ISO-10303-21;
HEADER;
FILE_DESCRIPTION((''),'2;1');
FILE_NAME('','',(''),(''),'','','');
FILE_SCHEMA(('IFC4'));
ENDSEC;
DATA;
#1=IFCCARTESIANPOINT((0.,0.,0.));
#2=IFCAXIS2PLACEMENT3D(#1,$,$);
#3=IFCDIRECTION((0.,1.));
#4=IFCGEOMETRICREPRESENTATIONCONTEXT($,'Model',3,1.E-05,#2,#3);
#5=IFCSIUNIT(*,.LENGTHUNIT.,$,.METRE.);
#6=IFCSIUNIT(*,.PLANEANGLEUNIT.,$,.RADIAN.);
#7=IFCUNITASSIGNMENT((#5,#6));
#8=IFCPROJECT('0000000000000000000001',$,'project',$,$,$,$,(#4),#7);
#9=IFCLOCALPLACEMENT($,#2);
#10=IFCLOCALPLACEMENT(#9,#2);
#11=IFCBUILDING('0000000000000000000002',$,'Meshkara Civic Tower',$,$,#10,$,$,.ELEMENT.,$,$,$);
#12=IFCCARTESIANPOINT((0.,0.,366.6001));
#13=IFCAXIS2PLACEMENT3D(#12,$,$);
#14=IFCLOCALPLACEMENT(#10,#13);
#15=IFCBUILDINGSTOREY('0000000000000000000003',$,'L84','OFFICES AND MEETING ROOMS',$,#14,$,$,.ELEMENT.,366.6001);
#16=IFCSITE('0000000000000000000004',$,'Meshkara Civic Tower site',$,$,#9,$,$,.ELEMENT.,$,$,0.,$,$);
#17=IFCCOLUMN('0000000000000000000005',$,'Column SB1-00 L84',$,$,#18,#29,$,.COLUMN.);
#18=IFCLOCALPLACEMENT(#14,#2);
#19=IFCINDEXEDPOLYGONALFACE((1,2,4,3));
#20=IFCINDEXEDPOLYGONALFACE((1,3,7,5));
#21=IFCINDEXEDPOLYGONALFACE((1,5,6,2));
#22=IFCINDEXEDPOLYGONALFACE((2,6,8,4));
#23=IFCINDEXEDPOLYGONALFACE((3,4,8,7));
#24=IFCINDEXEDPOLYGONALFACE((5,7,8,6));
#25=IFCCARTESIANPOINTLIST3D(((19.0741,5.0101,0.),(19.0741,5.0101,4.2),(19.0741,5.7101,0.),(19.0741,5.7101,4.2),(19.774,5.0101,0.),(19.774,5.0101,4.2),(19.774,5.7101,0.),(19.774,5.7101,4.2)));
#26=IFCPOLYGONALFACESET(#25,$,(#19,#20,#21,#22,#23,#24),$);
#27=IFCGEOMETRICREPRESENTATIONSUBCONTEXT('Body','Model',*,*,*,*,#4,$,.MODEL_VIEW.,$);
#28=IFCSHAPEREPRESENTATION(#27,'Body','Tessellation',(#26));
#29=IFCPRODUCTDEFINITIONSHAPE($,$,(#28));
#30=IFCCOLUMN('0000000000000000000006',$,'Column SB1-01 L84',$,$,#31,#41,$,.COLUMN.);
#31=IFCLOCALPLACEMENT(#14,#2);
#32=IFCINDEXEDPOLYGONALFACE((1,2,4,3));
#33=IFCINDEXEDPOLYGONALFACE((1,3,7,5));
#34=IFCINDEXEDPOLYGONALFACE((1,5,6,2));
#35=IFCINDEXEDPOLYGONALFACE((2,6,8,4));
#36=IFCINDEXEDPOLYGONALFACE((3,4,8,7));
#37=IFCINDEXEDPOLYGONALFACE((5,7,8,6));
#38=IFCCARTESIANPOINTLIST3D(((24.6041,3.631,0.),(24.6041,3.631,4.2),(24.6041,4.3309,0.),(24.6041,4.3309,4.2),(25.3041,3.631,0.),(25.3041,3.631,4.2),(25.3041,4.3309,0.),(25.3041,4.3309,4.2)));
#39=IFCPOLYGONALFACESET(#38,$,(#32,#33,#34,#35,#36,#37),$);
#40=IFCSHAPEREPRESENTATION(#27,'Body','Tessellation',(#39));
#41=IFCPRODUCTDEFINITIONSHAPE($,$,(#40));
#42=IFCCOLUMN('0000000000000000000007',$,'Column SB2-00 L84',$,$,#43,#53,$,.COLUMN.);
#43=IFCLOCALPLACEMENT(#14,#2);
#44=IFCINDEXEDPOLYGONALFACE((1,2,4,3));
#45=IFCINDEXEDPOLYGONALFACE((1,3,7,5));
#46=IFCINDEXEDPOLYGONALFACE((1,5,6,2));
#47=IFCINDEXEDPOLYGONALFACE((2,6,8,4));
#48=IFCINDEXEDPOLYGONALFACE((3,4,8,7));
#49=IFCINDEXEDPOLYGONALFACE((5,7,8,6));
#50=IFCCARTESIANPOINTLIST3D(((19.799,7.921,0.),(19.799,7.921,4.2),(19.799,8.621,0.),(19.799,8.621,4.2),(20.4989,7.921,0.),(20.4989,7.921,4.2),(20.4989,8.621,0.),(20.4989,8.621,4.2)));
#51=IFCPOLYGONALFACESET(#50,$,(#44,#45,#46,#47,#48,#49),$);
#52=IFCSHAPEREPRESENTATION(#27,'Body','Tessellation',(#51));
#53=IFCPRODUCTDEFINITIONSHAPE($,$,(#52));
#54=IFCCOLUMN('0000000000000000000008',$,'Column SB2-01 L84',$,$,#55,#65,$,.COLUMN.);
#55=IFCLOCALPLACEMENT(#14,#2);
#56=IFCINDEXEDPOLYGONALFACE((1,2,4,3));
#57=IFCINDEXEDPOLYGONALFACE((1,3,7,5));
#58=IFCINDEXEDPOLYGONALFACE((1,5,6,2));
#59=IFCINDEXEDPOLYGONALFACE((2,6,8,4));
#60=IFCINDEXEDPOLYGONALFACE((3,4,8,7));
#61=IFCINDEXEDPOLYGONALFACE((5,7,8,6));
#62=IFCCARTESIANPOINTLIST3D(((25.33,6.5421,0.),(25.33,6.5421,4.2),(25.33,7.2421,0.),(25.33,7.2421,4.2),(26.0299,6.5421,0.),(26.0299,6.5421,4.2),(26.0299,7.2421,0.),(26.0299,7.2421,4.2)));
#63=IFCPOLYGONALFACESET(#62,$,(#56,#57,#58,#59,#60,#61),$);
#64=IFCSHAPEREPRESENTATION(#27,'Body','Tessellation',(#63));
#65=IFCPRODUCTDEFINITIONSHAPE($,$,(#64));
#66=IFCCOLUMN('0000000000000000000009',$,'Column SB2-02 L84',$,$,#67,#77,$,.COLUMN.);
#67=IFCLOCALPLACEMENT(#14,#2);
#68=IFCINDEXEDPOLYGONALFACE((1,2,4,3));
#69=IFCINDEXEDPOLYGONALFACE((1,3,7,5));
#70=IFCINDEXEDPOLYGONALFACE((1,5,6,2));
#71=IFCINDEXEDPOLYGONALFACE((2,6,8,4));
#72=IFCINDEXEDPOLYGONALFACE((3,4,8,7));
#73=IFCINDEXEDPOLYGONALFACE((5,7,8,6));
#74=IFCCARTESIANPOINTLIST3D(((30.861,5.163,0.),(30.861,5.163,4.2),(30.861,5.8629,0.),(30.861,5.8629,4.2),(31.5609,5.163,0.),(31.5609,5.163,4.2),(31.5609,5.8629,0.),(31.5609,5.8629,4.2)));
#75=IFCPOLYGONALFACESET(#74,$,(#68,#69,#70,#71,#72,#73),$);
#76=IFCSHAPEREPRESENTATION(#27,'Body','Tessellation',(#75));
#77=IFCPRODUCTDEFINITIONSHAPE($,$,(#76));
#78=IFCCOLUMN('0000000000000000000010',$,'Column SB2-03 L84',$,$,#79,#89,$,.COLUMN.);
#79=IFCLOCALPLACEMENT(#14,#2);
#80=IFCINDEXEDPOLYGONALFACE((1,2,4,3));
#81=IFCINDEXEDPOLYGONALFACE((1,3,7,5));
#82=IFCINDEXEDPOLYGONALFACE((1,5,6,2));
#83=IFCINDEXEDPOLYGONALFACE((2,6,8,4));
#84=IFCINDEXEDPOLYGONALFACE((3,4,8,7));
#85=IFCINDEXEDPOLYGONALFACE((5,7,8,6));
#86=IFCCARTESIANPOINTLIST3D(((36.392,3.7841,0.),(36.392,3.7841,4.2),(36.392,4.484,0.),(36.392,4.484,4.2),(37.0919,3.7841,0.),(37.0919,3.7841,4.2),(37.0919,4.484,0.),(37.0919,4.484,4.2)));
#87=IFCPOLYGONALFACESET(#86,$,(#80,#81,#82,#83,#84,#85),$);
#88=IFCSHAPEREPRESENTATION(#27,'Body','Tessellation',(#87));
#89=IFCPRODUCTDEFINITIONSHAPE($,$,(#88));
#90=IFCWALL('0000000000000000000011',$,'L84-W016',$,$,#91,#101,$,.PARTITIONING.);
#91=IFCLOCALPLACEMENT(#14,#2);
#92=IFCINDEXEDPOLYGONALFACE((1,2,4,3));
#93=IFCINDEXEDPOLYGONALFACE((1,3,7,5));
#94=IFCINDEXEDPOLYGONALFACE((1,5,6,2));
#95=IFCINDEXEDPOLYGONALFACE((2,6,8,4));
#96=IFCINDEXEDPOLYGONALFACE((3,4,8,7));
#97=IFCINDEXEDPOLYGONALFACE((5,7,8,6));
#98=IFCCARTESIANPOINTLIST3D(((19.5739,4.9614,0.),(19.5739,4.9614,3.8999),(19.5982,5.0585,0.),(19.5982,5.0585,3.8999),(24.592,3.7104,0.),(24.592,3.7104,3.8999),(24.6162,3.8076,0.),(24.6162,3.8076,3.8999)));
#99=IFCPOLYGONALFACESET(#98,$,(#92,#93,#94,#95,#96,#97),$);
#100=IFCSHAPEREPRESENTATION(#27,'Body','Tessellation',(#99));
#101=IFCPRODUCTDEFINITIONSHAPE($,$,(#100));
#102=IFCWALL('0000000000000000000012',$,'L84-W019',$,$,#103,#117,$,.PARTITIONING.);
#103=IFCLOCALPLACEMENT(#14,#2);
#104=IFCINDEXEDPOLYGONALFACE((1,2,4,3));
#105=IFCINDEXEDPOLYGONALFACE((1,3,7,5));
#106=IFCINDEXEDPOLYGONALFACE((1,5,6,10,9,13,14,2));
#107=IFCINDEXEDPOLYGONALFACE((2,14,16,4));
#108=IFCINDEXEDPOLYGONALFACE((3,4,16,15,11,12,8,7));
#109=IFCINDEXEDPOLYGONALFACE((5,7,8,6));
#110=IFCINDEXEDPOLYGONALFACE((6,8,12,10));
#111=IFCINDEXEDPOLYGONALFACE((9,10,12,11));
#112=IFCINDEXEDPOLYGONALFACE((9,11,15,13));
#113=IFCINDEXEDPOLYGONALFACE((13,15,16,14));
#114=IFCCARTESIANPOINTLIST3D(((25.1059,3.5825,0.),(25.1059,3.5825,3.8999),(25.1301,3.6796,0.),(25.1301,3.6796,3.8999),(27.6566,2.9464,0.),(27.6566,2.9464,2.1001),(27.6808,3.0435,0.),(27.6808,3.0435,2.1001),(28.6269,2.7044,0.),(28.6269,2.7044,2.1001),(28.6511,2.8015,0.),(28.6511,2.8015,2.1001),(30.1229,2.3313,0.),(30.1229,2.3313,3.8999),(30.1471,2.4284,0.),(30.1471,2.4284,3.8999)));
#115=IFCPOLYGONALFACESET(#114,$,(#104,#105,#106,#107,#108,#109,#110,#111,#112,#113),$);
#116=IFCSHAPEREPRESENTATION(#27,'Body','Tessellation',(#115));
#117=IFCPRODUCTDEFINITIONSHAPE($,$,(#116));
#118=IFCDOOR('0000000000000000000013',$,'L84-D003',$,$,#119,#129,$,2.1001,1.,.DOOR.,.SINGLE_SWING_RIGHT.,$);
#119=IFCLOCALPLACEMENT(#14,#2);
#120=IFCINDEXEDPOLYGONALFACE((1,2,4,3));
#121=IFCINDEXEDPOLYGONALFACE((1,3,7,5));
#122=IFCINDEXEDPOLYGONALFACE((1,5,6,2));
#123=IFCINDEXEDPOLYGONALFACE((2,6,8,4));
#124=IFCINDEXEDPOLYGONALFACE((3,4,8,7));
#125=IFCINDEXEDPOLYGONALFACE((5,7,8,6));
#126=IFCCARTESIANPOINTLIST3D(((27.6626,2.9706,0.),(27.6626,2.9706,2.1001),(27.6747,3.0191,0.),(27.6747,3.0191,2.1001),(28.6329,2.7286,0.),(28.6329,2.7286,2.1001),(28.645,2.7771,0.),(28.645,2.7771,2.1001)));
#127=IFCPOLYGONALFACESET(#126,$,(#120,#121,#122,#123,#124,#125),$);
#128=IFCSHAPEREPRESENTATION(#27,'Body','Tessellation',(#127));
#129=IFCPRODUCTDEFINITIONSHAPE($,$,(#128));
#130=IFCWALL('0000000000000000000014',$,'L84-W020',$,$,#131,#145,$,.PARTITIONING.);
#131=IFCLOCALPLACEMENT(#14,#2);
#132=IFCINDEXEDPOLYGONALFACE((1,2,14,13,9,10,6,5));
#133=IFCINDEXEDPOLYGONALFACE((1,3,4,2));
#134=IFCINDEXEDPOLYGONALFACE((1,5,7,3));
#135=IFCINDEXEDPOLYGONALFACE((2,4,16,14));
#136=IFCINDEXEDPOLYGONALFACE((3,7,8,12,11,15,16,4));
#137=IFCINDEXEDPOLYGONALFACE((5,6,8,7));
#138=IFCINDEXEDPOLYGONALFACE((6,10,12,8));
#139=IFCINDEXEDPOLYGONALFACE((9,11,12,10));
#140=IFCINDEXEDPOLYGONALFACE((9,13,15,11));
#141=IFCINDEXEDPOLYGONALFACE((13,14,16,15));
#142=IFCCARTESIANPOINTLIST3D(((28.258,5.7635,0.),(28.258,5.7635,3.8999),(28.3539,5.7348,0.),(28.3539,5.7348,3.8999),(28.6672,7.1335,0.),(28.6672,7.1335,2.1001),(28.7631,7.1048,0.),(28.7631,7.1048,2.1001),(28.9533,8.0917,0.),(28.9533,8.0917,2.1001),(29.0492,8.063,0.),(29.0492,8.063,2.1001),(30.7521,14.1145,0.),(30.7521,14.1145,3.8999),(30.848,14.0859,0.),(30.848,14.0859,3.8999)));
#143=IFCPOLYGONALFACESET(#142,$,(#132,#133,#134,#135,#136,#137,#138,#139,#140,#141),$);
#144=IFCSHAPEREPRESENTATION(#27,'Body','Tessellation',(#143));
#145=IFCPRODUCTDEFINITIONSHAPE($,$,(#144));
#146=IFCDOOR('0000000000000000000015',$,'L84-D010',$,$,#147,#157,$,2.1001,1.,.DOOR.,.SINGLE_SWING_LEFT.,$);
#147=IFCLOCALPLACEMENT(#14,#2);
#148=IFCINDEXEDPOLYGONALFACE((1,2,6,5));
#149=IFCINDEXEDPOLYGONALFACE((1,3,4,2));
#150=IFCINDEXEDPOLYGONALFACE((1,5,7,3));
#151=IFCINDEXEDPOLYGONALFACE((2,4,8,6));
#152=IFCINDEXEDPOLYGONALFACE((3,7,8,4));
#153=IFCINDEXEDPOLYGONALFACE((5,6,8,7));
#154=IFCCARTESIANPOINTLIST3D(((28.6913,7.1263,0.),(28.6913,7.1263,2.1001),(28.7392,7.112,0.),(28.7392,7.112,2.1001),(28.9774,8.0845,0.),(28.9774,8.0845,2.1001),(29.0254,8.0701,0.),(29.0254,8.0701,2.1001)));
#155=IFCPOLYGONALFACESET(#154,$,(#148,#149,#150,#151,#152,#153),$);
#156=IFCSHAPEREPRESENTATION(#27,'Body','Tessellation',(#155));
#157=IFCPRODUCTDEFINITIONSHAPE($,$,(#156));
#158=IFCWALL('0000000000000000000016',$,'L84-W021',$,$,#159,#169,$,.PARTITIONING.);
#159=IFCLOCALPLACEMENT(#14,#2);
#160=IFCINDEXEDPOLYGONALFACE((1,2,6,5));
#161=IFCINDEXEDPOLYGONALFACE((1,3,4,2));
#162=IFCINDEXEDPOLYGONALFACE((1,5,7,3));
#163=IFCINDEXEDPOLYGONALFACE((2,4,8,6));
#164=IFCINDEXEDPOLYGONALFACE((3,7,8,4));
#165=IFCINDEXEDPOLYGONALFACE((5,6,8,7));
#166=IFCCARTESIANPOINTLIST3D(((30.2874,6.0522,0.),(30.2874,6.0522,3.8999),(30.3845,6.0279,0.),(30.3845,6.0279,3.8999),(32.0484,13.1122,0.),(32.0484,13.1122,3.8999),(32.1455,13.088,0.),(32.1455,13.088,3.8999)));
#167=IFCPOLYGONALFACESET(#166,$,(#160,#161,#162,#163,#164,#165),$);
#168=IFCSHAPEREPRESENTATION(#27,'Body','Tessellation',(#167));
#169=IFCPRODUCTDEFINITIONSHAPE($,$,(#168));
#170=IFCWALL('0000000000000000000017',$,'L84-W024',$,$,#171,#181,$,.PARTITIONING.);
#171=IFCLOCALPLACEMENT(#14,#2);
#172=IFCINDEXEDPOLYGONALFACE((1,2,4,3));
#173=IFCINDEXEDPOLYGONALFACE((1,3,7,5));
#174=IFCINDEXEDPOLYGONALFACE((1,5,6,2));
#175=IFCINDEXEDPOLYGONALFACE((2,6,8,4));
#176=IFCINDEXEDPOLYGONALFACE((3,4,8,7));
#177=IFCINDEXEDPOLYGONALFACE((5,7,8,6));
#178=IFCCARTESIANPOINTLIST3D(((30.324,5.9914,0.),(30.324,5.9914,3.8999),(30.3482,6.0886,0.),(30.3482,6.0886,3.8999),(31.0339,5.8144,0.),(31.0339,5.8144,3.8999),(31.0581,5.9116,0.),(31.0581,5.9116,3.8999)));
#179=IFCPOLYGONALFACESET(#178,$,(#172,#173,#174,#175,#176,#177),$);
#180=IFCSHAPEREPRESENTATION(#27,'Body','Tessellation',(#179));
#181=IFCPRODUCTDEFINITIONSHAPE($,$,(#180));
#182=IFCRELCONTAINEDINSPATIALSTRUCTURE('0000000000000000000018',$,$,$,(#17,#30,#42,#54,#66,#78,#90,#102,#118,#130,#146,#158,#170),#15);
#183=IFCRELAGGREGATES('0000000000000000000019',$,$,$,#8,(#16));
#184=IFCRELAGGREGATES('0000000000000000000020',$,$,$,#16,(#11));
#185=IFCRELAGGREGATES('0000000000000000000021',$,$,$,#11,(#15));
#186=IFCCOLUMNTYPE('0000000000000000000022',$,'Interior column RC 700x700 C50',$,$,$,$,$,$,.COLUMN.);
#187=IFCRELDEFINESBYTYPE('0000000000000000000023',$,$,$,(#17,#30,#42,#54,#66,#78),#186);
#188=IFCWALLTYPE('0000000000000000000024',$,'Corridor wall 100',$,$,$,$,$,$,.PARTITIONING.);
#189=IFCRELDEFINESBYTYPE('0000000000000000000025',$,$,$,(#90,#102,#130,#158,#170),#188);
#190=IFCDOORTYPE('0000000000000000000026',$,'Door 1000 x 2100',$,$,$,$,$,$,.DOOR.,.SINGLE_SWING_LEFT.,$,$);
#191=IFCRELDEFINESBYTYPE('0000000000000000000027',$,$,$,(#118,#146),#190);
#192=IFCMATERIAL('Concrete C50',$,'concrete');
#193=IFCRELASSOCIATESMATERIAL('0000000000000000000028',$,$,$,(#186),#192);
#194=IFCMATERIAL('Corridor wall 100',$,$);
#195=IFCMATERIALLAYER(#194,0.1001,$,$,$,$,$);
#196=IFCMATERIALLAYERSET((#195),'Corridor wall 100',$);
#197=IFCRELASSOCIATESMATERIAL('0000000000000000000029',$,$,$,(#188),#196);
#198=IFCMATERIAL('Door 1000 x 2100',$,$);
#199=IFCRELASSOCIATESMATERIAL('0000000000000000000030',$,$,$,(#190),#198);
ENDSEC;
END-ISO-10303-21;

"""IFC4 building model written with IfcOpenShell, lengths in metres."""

from ifc_helpers import new_model, si_unit, direction, frame, frame_2d, origin, origin_2d, place, context, subcontext, project, spatial, rectangle, extrude, material, layer, layer_set, material_profile, profile_set, type_object, element, fill, save


model = new_model("IFC4")

# Units and contexts
model_context = context("Model", 3, precision=1e-05, world=origin(), true_north=direction((0.0, 1.0)))
body_context = subcontext(model_context, "Body", "Model", "MODEL_VIEW")
ifc_project = project(units=[si_unit("LENGTHUNIT", "METRE"), si_unit("PLANEANGLEUNIT", "RADIAN")], contexts=[model_context])

# Site, building, storey
site_placement = place(None, origin())
site = spatial("IfcSite", under=ifc_project, at=site_placement, Name="Meshkara Civic Tower site", CompositionType="ELEMENT", RefElevation=0.0)
building_placement = place(site_placement, origin())
building = spatial("IfcBuilding", under=site, at=building_placement, Name="Meshkara Civic Tower", CompositionType="ELEMENT")
storey_placement = place(building_placement, frame((0.0, 0.0, 366.6001)))
storey = spatial("IfcBuildingStorey", under=building, at=storey_placement, Name="L84", Description="OFFICES AND MEETING ROOMS", CompositionType="ELEMENT", Elevation=366.6001)

# Columns
ifc_material_1 = material(Name="Concrete C50", Category="concrete")
ifc_material_profile = material_profile(ifc_material_1, rectangle(XDim=0.7, YDim=0.7, at=origin_2d()))
ifc_profile_set = profile_set([ifc_material_profile], Name="Concrete C50")
column_type = type_object("IfcColumnType", Name="Interior column RC 700x700 C50", PredefinedType="COLUMN", material=ifc_profile_set)
for number, where, z_axis, x_axis, name in (
    (1, (19.4241, 5.3601, 0.0), (0.0, 0.0, 1.0), (1.0, 0.0, 0.0), "Column SB1-00 L84"),
    (2, (24.9541, 3.981, 0.0), (0.0, 0.0, 1.0), (1.0, 0.0, 0.0), "Column SB1-01 L84"),
    (3, (20.1489, 8.271, 0.0), (0.0, 0.0, 1.0), (1.0, 0.0, 0.0), "Column SB2-00 L84"),
    (4, (25.6799, 6.8921, 0.0), (0.0, 0.0, 1.0), (1.0, 0.0, 0.0), "Column SB2-01 L84"),
    (5, (31.2109, 5.5129, 0.0), (0.0, 0.0, 1.0), (1.0, 0.0, 0.0), "Column SB2-02 L84"),
    (6, (36.7419, 4.134, 0.0), (0.0, 0.0, 1.0), (1.0, 0.0, 0.0), "Column SB2-03 L84"),
):
    element("IfcColumn", number, at=place(storey_placement, frame(where, z_axis=z_axis, x_axis=x_axis)), inside=storey, type_object=column_type, Name=name, PredefinedType="COLUMN", context=body_context, shape_type="SweptSolid", body=[
        extrude(rectangle(XDim=0.7, YDim=0.7, at=origin_2d()), origin(), (0.0, 0.0, 1.0), 4.2),
    ])

# Wall
ifc_material_2 = material(Name="Corridor wall 100")
ifc_layer_1 = layer(ifc_material_2, 0.1001)
ifc_layer_set_1 = layer_set([ifc_layer_1], Name="Corridor wall 100")
wall_type_1 = type_object("IfcWallType", Name="Corridor wall 100", PredefinedType="PARTITIONING", material=ifc_layer_set_1)
wall_1_placement = place(storey_placement, frame((19.5859, 5.01, 0.0), z_axis=(0.0, 0.0, 1.0), x_axis=(0.970303, -0.241891, 0.0)))
element("IfcWall", 7, at=wall_1_placement, inside=storey, type_object=wall_type_1, Name="L84-W016", PredefinedType="PARTITIONING", context=body_context, shape_type="SweptSolid", body=[
    extrude(rectangle(XDim=5.1716, YDim=0.1001, at=frame_2d((2.5859, 0.0))), origin(), (0.0, 0.0, 1.0), 3.8999),
])

# Walls, openings, doors
wall_2_placement = place(storey_placement, frame((25.1179, 3.6311, 0.0), z_axis=(0.0, 0.0, 1.0), x_axis=(0.970281, -0.24198, 0.0)))
wall_2 = element("IfcWall", 8, at=wall_2_placement, inside=storey, type_object=wall_type_1, Name="L84-W019", PredefinedType="PARTITIONING", context=body_context, shape_type="SweptSolid", body=[
    extrude(rectangle(XDim=5.1707, YDim=0.1001, at=frame_2d((2.5854, 0.0))), origin(), (0.0, 0.0, 1.0), 3.8999),
])
opening_1_placement = place(wall_2_placement, frame((2.6289, 0.0, 0.0)))
opening_1 = element("IfcOpeningElement", 9, at=opening_1_placement, cuts=wall_2, PredefinedType="OPENING", context=body_context, shape_type="SweptSolid", body=[
    extrude(rectangle(XDim=1.0, YDim=2.1001, at=frame_2d((0.5, 1.05))), frame((0.0, 0.0601, 0.0), z_axis=(0.0, -1.0, 0.0), x_axis=(1.0, 0.0, 0.0)), (0.0, 0.0, 1.0), 0.1201),
])
ifc_material_3 = material(Name="Door 1000 x 2100")
door_type = type_object("IfcDoorType", Name="Door 1000 x 2100", OperationType="SINGLE_SWING_LEFT", PredefinedType="DOOR", material=ifc_material_3)
door_1_placement = place(opening_1_placement, origin())
door_1 = element("IfcDoor", 10, at=door_1_placement, inside=storey, type_object=door_type, Name="L84-D003", OperationType="SINGLE_SWING_RIGHT", OverallHeight=2.1001, OverallWidth=1.0, PredefinedType="DOOR", context=body_context, shape_type="SweptSolid", body=[
    extrude(rectangle(XDim=1.0, YDim=2.1001, at=frame_2d((0.5, 1.05))), frame((0.0, 0.0249, 0.0), z_axis=(0.0, -1.0, 0.0), x_axis=(1.0, 0.0, 0.0)), (0.0, 0.0, 1.0), 0.05),
])
fill(opening_1, door_1)
wall_3_placement = place(storey_placement, frame((28.3059, 5.749, 0.0), z_axis=(0.0, 0.0, 1.0), x_axis=(0.286171, 0.958179, 0.0)))
wall_3 = element("IfcWall", 11, at=wall_3_placement, inside=storey, type_object=wall_type_1, Name="L84-W020", PredefinedType="PARTITIONING", context=body_context, shape_type="SweptSolid", body=[
    extrude(rectangle(XDim=8.7156, YDim=0.1001, at=frame_2d((4.3579, 0.0))), origin(), (0.0, 0.0, 1.0), 3.8999),
])
opening_2_placement = place(wall_3_placement, frame((1.4299, 0.0, 0.0)))
opening_2 = element("IfcOpeningElement", 12, at=opening_2_placement, cuts=wall_3, PredefinedType="OPENING", context=body_context, shape_type="SweptSolid", body=[
    extrude(rectangle(XDim=1.0, YDim=2.1001, at=frame_2d((0.5, 1.05))), frame((0.0, 0.0601, 0.0), z_axis=(0.0, -1.0, 0.0), x_axis=(1.0, 0.0, 0.0)), (0.0, 0.0, 1.0), 0.1201),
])
door_2_placement = place(opening_2_placement, origin())
door_2 = element("IfcDoor", 13, at=door_2_placement, inside=storey, type_object=door_type, Name="L84-D010", OperationType="SINGLE_SWING_LEFT", OverallHeight=2.1001, OverallWidth=1.0, PredefinedType="DOOR", context=body_context, shape_type="SweptSolid", body=[
    extrude(rectangle(XDim=1.0, YDim=2.1001, at=frame_2d((0.5, 1.05))), frame((0.0, 0.0249, 0.0), z_axis=(0.0, -1.0, 0.0), x_axis=(1.0, 0.0, 0.0)), (0.0, 0.0, 1.0), 0.05),
])
fill(opening_2, door_2)

# Walls
wall_4_placement = place(storey_placement, frame((30.3359, 6.04, 0.0), z_axis=(0.0, 0.0, 1.0), x_axis=(0.242015, 0.970273, 0.0)))
element("IfcWall", 14, at=wall_4_placement, inside=storey, type_object=wall_type_1, Name="L84-W021", PredefinedType="PARTITIONING", context=body_context, shape_type="SweptSolid", body=[
    extrude(rectangle(XDim=7.2764, YDim=0.1001, at=frame_2d((3.6382, 0.0))), origin(), (0.0, 0.0, 1.0), 3.8999),
])
wall_5_placement = place(storey_placement, frame((31.0459, 5.863, 0.0), z_axis=(0.0, 0.0, 1.0), x_axis=(-0.970299, 0.241907, 0.0)))
element("IfcWall", 15, at=wall_5_placement, inside=storey, type_object=wall_type_1, Name="L84-W024", PredefinedType="PARTITIONING", context=body_context, shape_type="SweptSolid", body=[
    extrude(rectangle(XDim=0.7317, YDim=0.1001, at=frame_2d((0.3657, 0.0))), origin(), (0.0, 0.0, 1.0), 3.8999),
])

save(model, "model.ifc")
